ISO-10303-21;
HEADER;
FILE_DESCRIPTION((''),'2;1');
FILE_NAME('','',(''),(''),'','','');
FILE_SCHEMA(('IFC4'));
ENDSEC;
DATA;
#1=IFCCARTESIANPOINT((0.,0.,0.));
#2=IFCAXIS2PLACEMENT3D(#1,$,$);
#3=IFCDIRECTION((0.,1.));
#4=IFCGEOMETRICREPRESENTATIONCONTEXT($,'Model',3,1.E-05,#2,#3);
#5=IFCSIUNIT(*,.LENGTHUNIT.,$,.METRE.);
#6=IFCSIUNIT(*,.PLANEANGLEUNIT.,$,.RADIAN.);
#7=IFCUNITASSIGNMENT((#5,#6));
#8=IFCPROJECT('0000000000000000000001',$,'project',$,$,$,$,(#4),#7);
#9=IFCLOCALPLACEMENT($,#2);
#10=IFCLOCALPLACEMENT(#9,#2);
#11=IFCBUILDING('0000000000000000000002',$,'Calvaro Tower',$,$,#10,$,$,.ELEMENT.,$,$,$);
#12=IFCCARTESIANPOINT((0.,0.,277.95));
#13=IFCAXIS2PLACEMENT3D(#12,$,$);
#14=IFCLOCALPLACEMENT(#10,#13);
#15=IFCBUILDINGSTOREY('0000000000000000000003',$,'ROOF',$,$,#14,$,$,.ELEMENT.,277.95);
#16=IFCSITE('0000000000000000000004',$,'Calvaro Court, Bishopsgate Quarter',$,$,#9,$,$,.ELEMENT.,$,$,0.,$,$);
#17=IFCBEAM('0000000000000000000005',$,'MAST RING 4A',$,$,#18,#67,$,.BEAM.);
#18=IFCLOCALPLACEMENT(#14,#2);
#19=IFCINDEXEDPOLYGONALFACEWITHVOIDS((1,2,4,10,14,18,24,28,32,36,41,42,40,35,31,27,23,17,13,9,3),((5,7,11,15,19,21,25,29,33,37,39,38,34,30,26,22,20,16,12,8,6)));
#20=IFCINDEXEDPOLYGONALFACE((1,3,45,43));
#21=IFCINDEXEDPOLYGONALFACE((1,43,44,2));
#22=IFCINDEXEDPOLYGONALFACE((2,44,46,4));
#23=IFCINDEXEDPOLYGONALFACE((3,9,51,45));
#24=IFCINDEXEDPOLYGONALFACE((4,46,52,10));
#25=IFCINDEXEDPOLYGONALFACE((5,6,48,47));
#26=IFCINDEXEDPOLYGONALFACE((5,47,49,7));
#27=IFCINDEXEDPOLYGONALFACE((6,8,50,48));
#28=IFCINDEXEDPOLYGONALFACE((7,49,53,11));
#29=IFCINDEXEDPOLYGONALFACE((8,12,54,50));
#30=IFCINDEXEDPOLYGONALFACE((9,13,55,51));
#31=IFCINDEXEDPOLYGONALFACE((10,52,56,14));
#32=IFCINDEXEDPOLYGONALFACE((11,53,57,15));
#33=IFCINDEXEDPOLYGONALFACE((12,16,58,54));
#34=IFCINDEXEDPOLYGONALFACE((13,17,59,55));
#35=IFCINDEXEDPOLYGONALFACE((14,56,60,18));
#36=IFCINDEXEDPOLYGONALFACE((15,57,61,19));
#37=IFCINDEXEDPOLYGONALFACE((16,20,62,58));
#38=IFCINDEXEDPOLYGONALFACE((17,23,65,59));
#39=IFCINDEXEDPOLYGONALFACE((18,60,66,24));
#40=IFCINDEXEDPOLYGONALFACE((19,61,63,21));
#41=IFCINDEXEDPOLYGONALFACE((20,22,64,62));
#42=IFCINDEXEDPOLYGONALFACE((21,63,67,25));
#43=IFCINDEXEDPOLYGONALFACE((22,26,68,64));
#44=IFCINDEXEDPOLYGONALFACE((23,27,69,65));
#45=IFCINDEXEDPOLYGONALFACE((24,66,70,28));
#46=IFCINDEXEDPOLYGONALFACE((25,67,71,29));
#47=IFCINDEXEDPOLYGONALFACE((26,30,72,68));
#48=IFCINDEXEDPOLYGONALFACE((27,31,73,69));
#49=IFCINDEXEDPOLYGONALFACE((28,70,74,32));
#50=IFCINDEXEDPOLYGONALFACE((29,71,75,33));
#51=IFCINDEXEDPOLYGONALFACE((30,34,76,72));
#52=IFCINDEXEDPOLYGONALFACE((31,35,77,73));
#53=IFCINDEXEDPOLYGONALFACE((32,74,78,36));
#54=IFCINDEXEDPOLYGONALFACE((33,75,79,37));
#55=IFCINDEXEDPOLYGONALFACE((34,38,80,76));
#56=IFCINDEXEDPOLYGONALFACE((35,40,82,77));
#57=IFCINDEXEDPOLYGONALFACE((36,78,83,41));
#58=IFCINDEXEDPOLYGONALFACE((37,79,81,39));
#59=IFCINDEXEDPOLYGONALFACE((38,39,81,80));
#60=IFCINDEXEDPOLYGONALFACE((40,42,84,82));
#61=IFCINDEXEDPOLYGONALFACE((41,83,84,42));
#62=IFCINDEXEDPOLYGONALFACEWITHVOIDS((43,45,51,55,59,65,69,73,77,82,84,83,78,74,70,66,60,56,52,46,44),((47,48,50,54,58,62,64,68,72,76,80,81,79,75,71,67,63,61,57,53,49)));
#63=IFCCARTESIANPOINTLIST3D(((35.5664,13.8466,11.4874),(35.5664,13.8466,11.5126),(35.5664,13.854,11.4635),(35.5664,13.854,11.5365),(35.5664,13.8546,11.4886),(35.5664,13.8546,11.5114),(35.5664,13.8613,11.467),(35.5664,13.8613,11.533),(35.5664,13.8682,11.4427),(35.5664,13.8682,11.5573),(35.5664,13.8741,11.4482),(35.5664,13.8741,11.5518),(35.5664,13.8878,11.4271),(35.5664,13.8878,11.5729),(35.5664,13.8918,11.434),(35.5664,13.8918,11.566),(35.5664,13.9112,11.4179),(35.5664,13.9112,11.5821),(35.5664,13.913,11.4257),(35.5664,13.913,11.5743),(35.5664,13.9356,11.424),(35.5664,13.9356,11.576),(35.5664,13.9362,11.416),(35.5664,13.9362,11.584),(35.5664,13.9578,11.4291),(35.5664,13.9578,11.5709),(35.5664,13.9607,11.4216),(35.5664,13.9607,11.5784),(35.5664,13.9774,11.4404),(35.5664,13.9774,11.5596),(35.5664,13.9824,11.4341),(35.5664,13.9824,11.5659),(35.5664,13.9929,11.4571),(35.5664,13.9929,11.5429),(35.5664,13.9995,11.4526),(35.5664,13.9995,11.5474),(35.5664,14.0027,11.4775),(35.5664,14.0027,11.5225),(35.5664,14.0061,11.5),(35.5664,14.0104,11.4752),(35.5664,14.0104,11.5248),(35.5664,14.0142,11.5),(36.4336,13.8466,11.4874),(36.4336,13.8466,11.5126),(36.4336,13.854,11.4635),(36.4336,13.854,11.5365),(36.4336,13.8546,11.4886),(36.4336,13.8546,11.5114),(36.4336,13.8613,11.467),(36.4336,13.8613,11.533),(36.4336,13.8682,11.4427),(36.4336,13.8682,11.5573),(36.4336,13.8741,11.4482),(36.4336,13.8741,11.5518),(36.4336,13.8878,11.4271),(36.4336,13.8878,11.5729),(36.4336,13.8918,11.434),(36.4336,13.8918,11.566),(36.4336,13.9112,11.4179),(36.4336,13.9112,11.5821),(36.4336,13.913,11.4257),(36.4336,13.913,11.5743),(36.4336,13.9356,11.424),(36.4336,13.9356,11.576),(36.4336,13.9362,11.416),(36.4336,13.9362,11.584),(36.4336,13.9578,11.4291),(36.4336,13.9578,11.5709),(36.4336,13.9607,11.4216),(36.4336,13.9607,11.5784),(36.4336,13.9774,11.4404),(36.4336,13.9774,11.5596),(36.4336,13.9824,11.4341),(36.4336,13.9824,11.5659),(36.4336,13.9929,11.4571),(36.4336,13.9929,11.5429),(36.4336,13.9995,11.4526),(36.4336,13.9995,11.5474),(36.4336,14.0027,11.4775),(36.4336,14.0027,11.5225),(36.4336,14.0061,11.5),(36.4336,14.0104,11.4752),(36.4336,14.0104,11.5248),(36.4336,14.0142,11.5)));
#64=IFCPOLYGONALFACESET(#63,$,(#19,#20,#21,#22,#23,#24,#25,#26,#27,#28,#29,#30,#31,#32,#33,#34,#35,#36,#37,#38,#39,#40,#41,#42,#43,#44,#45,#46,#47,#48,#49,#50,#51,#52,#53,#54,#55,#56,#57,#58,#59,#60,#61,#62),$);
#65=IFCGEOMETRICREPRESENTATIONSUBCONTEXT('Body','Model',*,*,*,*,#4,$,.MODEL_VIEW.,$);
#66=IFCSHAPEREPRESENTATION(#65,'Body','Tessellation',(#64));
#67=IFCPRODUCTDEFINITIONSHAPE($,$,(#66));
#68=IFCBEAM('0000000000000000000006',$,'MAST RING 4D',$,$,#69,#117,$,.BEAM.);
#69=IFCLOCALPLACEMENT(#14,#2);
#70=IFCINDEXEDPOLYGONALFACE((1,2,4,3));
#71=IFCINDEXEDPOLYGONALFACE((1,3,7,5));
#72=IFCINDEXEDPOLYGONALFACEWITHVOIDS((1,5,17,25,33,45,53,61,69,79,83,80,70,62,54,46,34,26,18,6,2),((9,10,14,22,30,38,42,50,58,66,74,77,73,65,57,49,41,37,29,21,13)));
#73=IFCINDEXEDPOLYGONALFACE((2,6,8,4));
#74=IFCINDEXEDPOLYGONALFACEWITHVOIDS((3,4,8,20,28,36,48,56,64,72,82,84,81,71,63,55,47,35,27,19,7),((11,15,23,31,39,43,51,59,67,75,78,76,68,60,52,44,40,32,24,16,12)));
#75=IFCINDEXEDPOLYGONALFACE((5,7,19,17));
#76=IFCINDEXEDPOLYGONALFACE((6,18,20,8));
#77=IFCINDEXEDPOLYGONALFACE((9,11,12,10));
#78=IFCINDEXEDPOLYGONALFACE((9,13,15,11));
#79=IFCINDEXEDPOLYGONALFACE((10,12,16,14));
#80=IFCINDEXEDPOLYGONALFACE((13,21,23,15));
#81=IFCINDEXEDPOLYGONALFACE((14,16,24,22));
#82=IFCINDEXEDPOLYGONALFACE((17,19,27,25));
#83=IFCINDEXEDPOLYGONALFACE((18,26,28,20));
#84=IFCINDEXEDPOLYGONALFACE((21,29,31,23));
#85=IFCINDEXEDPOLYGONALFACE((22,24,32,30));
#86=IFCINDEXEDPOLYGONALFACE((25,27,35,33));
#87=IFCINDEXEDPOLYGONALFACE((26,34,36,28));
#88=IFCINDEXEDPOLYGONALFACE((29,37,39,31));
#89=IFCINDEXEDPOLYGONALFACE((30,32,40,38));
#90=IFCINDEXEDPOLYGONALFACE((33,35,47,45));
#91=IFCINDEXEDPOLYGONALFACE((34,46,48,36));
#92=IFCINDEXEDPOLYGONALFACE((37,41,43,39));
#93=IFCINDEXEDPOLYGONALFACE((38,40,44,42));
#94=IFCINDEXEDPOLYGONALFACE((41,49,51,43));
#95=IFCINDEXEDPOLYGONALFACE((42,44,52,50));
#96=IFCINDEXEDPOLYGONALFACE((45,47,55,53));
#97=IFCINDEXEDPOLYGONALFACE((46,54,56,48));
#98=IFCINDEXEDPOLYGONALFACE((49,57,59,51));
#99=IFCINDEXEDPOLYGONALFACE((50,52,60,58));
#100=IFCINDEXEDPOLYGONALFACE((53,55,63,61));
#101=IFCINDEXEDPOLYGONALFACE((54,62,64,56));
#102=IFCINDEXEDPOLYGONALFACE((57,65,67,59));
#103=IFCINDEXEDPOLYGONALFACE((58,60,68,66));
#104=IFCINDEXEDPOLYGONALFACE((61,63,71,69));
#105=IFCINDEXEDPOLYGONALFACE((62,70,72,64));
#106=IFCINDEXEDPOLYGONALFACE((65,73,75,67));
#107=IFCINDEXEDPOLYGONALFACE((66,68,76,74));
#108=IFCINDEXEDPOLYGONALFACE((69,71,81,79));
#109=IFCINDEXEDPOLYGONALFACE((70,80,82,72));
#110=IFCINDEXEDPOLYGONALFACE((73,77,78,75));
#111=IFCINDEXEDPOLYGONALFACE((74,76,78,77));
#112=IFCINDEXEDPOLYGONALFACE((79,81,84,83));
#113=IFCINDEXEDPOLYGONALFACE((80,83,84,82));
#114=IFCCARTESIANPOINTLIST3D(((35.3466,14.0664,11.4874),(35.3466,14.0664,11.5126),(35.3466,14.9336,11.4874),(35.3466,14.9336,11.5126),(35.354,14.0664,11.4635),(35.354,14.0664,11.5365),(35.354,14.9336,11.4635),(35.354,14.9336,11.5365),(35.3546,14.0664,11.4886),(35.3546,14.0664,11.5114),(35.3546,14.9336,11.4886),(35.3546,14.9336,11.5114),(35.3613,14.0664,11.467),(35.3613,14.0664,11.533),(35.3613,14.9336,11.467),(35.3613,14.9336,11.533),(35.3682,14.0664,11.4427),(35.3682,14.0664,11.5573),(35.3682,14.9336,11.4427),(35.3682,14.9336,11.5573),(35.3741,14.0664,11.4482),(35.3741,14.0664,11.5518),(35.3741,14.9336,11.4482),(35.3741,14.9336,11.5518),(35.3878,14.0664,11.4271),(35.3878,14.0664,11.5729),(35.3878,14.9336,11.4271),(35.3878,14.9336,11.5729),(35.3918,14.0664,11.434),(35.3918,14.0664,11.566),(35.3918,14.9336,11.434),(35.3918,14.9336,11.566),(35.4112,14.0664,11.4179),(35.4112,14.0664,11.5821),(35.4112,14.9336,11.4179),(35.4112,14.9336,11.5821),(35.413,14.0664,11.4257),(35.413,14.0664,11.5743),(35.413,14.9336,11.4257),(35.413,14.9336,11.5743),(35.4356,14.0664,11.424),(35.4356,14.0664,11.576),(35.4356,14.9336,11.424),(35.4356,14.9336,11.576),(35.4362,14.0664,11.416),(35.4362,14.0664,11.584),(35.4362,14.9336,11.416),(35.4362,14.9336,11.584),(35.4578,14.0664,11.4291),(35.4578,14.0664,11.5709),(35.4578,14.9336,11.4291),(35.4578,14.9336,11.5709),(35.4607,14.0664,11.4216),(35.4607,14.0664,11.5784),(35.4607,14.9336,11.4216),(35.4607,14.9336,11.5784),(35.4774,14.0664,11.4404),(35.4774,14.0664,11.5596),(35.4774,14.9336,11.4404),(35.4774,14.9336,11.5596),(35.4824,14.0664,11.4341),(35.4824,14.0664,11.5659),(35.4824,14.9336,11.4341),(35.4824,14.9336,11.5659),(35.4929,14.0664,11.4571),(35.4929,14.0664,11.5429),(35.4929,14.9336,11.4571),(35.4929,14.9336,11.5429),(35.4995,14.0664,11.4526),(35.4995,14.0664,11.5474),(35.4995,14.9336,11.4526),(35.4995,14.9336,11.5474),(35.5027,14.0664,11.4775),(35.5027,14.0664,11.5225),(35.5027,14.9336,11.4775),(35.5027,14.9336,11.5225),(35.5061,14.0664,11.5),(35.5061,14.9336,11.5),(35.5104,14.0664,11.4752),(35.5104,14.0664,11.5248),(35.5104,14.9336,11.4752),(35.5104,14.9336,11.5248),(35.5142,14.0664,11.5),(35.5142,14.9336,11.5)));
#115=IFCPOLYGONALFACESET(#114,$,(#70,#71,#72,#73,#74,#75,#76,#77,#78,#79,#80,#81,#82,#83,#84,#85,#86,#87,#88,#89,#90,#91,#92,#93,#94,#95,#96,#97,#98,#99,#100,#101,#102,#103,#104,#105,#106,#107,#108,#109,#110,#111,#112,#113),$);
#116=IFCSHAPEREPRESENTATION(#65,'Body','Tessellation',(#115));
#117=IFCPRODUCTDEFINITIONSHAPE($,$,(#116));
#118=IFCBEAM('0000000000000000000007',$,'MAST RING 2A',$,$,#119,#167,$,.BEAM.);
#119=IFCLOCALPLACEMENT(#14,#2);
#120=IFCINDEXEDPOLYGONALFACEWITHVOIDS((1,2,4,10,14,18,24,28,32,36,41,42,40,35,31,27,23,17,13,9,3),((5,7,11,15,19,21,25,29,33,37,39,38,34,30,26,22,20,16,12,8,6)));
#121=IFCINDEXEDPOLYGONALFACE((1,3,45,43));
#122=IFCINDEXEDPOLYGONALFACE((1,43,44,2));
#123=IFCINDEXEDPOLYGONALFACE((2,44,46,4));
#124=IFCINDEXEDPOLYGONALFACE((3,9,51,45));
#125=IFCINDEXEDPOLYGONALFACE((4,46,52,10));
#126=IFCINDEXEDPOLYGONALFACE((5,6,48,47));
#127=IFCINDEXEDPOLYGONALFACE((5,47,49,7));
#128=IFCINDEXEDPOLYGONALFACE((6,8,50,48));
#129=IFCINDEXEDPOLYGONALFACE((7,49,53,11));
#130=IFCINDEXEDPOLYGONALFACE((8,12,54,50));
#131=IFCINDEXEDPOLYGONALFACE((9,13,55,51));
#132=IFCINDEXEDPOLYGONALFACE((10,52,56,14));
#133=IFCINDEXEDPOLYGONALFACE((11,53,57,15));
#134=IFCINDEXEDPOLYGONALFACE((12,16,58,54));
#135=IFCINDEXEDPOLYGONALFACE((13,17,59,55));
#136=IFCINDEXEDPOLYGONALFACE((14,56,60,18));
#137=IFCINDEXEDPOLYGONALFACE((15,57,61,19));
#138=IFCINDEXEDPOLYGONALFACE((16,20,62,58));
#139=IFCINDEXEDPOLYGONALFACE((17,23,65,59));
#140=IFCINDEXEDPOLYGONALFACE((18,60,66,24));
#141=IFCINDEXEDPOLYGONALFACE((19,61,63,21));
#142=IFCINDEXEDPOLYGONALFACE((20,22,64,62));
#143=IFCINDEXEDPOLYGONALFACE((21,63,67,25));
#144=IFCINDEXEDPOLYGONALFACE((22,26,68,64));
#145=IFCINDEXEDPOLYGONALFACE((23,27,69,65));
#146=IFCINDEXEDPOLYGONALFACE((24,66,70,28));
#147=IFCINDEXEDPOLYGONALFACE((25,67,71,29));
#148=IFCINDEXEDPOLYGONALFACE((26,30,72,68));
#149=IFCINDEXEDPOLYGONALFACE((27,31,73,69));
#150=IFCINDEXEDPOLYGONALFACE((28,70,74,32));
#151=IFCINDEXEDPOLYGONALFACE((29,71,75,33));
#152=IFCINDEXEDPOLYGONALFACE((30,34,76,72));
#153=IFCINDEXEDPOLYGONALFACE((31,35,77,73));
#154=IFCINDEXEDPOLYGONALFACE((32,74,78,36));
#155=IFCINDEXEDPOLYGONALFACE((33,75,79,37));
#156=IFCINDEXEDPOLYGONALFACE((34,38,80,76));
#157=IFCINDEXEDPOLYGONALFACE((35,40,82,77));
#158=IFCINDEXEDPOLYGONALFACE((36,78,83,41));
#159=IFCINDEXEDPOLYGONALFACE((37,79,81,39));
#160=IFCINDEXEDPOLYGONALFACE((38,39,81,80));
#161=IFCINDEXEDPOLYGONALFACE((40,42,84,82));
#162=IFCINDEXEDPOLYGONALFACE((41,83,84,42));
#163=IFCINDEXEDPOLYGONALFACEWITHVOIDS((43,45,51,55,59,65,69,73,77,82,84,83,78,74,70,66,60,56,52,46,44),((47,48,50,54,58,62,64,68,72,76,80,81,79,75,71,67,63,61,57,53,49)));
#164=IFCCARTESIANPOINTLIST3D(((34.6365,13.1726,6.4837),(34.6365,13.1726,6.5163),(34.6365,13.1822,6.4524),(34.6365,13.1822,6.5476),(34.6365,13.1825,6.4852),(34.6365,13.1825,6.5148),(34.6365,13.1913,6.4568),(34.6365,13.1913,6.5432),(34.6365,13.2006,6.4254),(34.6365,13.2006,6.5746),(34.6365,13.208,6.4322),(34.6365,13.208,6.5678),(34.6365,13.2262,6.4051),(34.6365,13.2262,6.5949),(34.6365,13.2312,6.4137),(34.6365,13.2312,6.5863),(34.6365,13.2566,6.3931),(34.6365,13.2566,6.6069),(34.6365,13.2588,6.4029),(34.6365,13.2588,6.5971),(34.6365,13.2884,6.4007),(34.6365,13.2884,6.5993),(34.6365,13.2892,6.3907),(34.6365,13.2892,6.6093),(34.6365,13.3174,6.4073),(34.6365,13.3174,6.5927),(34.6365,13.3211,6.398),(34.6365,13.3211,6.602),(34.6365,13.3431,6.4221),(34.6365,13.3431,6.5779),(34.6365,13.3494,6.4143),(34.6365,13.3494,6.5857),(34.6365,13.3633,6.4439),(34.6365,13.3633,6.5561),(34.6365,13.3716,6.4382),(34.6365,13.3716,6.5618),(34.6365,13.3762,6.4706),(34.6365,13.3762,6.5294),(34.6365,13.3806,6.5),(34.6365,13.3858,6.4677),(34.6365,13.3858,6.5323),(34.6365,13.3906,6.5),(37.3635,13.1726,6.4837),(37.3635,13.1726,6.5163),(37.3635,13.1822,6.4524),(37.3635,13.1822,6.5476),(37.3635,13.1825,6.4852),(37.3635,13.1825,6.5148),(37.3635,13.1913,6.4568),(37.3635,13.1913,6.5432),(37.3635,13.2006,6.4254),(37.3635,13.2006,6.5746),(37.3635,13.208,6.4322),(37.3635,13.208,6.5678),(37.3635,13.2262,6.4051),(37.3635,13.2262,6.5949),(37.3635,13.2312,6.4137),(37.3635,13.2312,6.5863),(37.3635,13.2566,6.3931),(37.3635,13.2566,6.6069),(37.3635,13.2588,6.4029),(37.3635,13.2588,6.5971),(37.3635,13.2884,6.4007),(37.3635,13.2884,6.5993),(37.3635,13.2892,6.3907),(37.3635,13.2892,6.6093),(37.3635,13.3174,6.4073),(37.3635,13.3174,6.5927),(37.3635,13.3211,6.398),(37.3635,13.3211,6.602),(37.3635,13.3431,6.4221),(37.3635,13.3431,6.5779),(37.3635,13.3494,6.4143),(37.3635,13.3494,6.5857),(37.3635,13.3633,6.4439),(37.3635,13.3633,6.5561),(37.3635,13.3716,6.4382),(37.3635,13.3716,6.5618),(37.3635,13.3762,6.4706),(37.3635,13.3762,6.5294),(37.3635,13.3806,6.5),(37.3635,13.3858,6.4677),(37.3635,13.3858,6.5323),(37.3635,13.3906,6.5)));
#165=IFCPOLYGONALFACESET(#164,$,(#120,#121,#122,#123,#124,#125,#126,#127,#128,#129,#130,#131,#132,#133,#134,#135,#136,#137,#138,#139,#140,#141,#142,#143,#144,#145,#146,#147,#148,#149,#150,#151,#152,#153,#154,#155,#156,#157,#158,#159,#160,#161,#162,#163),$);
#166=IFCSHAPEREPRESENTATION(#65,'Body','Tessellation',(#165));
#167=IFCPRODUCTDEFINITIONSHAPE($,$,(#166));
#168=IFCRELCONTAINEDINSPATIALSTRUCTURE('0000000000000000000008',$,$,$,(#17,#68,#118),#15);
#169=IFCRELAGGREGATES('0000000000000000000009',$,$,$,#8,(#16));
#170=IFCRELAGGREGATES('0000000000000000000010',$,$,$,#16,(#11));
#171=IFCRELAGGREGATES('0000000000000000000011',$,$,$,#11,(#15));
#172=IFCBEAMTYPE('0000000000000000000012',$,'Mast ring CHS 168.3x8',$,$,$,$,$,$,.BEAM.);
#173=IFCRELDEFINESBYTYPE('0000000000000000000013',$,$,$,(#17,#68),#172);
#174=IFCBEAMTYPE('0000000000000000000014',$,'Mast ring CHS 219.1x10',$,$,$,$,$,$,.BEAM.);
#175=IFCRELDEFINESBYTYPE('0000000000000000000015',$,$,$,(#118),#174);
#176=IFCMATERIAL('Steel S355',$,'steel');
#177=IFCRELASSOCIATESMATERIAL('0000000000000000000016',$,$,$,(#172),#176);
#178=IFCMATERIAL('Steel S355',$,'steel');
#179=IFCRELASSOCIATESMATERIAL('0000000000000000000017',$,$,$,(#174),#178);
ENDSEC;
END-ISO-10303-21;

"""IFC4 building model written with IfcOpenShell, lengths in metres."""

from ifc_helpers import new_model, si_unit, direction, frame, origin, origin_2d, place, context, subcontext, project, spatial, hollow_circle, extrude, material, material_profile, profile_set, type_object, element, save


model = new_model("IFC4")

# Units and contexts
model_context = context("Model", 3, precision=1e-05, world=origin(), true_north=direction((0.0, 1.0)))
body_context = subcontext(model_context, "Body", "Model", "MODEL_VIEW")
ifc_project = project(units=[si_unit("LENGTHUNIT", "METRE"), si_unit("PLANEANGLEUNIT", "RADIAN")], contexts=[model_context])

# Site, building, storey
site_placement = place(None, origin())
site = spatial("IfcSite", under=ifc_project, at=site_placement, Name="Calvaro Court, Bishopsgate Quarter", CompositionType="ELEMENT", RefElevation=0.0)
building_placement = place(site_placement, origin())
building = spatial("IfcBuilding", under=site, at=building_placement, Name="Calvaro Tower", CompositionType="ELEMENT")
storey_placement = place(building_placement, frame((0.0, 0.0, 277.95)))
storey = spatial("IfcBuildingStorey", under=building, at=storey_placement, Name="ROOF", CompositionType="ELEMENT", Elevation=277.95)

# Beams
ifc_material_1 = material(Name="Steel S355", Category="steel")
ifc_material_profile_1 = material_profile(ifc_material_1, hollow_circle(Radius=0.0842, WallThickness=0.0081, at=origin_2d()), Name="CHS 168.3x8")
ifc_profile_set_1 = profile_set([ifc_material_profile_1], Name="Steel S355")
beam_type_1 = type_object("IfcBeamType", Name="Mast ring CHS 168.3x8", PredefinedType="BEAM", material=ifc_profile_set_1)
for number, where, z_axis, x_axis, name in (
    (1, (35.5664, 13.9299, 11.5), (1.0, 0.0, 0.0), (0.0, 1.0, 0.0), "MAST RING 4A"),
    (2, (35.4299, 14.9336, 11.5), (0.0, -1.0, 0.0), (1.0, 0.0, 0.0), "MAST RING 4D"),
):
    element("IfcBeam", number, at=place(storey_placement, frame(where, z_axis=z_axis, x_axis=x_axis)), inside=storey, type_object=beam_type_1, Name=name, PredefinedType="BEAM", context=body_context, shape_type="SweptSolid", body=[
        extrude(hollow_circle(Radius=0.0842, WallThickness=0.0081, at=origin_2d()), origin(), (0.0, 0.0, 1.0), 0.8672),
    ])
ifc_material_2 = material(Name="Steel S355", Category="steel")
ifc_material_profile_2 = material_profile(ifc_material_2, hollow_circle(Radius=0.1096, WallThickness=0.01, at=origin_2d()), Name="CHS 219.1x10")
ifc_profile_set_2 = profile_set([ifc_material_profile_2], Name="Steel S355")
beam_type_2 = type_object("IfcBeamType", Name="Mast ring CHS 219.1x10", PredefinedType="BEAM", material=ifc_profile_set_2)
beam_1_placement = place(storey_placement, frame((34.6365, 13.281, 6.5), z_axis=(1.0, 0.0, 0.0), x_axis=(0.0, 1.0, 0.0)))
element("IfcBeam", 3, at=beam_1_placement, inside=storey, type_object=beam_type_2, Name="MAST RING 2A", PredefinedType="BEAM", context=body_context, shape_type="SweptSolid", body=[
    extrude(hollow_circle(Radius=0.1096, WallThickness=0.01, at=origin_2d()), origin(), (0.0, 0.0, 1.0), 2.7271),
])

save(model, "model.ifc")
